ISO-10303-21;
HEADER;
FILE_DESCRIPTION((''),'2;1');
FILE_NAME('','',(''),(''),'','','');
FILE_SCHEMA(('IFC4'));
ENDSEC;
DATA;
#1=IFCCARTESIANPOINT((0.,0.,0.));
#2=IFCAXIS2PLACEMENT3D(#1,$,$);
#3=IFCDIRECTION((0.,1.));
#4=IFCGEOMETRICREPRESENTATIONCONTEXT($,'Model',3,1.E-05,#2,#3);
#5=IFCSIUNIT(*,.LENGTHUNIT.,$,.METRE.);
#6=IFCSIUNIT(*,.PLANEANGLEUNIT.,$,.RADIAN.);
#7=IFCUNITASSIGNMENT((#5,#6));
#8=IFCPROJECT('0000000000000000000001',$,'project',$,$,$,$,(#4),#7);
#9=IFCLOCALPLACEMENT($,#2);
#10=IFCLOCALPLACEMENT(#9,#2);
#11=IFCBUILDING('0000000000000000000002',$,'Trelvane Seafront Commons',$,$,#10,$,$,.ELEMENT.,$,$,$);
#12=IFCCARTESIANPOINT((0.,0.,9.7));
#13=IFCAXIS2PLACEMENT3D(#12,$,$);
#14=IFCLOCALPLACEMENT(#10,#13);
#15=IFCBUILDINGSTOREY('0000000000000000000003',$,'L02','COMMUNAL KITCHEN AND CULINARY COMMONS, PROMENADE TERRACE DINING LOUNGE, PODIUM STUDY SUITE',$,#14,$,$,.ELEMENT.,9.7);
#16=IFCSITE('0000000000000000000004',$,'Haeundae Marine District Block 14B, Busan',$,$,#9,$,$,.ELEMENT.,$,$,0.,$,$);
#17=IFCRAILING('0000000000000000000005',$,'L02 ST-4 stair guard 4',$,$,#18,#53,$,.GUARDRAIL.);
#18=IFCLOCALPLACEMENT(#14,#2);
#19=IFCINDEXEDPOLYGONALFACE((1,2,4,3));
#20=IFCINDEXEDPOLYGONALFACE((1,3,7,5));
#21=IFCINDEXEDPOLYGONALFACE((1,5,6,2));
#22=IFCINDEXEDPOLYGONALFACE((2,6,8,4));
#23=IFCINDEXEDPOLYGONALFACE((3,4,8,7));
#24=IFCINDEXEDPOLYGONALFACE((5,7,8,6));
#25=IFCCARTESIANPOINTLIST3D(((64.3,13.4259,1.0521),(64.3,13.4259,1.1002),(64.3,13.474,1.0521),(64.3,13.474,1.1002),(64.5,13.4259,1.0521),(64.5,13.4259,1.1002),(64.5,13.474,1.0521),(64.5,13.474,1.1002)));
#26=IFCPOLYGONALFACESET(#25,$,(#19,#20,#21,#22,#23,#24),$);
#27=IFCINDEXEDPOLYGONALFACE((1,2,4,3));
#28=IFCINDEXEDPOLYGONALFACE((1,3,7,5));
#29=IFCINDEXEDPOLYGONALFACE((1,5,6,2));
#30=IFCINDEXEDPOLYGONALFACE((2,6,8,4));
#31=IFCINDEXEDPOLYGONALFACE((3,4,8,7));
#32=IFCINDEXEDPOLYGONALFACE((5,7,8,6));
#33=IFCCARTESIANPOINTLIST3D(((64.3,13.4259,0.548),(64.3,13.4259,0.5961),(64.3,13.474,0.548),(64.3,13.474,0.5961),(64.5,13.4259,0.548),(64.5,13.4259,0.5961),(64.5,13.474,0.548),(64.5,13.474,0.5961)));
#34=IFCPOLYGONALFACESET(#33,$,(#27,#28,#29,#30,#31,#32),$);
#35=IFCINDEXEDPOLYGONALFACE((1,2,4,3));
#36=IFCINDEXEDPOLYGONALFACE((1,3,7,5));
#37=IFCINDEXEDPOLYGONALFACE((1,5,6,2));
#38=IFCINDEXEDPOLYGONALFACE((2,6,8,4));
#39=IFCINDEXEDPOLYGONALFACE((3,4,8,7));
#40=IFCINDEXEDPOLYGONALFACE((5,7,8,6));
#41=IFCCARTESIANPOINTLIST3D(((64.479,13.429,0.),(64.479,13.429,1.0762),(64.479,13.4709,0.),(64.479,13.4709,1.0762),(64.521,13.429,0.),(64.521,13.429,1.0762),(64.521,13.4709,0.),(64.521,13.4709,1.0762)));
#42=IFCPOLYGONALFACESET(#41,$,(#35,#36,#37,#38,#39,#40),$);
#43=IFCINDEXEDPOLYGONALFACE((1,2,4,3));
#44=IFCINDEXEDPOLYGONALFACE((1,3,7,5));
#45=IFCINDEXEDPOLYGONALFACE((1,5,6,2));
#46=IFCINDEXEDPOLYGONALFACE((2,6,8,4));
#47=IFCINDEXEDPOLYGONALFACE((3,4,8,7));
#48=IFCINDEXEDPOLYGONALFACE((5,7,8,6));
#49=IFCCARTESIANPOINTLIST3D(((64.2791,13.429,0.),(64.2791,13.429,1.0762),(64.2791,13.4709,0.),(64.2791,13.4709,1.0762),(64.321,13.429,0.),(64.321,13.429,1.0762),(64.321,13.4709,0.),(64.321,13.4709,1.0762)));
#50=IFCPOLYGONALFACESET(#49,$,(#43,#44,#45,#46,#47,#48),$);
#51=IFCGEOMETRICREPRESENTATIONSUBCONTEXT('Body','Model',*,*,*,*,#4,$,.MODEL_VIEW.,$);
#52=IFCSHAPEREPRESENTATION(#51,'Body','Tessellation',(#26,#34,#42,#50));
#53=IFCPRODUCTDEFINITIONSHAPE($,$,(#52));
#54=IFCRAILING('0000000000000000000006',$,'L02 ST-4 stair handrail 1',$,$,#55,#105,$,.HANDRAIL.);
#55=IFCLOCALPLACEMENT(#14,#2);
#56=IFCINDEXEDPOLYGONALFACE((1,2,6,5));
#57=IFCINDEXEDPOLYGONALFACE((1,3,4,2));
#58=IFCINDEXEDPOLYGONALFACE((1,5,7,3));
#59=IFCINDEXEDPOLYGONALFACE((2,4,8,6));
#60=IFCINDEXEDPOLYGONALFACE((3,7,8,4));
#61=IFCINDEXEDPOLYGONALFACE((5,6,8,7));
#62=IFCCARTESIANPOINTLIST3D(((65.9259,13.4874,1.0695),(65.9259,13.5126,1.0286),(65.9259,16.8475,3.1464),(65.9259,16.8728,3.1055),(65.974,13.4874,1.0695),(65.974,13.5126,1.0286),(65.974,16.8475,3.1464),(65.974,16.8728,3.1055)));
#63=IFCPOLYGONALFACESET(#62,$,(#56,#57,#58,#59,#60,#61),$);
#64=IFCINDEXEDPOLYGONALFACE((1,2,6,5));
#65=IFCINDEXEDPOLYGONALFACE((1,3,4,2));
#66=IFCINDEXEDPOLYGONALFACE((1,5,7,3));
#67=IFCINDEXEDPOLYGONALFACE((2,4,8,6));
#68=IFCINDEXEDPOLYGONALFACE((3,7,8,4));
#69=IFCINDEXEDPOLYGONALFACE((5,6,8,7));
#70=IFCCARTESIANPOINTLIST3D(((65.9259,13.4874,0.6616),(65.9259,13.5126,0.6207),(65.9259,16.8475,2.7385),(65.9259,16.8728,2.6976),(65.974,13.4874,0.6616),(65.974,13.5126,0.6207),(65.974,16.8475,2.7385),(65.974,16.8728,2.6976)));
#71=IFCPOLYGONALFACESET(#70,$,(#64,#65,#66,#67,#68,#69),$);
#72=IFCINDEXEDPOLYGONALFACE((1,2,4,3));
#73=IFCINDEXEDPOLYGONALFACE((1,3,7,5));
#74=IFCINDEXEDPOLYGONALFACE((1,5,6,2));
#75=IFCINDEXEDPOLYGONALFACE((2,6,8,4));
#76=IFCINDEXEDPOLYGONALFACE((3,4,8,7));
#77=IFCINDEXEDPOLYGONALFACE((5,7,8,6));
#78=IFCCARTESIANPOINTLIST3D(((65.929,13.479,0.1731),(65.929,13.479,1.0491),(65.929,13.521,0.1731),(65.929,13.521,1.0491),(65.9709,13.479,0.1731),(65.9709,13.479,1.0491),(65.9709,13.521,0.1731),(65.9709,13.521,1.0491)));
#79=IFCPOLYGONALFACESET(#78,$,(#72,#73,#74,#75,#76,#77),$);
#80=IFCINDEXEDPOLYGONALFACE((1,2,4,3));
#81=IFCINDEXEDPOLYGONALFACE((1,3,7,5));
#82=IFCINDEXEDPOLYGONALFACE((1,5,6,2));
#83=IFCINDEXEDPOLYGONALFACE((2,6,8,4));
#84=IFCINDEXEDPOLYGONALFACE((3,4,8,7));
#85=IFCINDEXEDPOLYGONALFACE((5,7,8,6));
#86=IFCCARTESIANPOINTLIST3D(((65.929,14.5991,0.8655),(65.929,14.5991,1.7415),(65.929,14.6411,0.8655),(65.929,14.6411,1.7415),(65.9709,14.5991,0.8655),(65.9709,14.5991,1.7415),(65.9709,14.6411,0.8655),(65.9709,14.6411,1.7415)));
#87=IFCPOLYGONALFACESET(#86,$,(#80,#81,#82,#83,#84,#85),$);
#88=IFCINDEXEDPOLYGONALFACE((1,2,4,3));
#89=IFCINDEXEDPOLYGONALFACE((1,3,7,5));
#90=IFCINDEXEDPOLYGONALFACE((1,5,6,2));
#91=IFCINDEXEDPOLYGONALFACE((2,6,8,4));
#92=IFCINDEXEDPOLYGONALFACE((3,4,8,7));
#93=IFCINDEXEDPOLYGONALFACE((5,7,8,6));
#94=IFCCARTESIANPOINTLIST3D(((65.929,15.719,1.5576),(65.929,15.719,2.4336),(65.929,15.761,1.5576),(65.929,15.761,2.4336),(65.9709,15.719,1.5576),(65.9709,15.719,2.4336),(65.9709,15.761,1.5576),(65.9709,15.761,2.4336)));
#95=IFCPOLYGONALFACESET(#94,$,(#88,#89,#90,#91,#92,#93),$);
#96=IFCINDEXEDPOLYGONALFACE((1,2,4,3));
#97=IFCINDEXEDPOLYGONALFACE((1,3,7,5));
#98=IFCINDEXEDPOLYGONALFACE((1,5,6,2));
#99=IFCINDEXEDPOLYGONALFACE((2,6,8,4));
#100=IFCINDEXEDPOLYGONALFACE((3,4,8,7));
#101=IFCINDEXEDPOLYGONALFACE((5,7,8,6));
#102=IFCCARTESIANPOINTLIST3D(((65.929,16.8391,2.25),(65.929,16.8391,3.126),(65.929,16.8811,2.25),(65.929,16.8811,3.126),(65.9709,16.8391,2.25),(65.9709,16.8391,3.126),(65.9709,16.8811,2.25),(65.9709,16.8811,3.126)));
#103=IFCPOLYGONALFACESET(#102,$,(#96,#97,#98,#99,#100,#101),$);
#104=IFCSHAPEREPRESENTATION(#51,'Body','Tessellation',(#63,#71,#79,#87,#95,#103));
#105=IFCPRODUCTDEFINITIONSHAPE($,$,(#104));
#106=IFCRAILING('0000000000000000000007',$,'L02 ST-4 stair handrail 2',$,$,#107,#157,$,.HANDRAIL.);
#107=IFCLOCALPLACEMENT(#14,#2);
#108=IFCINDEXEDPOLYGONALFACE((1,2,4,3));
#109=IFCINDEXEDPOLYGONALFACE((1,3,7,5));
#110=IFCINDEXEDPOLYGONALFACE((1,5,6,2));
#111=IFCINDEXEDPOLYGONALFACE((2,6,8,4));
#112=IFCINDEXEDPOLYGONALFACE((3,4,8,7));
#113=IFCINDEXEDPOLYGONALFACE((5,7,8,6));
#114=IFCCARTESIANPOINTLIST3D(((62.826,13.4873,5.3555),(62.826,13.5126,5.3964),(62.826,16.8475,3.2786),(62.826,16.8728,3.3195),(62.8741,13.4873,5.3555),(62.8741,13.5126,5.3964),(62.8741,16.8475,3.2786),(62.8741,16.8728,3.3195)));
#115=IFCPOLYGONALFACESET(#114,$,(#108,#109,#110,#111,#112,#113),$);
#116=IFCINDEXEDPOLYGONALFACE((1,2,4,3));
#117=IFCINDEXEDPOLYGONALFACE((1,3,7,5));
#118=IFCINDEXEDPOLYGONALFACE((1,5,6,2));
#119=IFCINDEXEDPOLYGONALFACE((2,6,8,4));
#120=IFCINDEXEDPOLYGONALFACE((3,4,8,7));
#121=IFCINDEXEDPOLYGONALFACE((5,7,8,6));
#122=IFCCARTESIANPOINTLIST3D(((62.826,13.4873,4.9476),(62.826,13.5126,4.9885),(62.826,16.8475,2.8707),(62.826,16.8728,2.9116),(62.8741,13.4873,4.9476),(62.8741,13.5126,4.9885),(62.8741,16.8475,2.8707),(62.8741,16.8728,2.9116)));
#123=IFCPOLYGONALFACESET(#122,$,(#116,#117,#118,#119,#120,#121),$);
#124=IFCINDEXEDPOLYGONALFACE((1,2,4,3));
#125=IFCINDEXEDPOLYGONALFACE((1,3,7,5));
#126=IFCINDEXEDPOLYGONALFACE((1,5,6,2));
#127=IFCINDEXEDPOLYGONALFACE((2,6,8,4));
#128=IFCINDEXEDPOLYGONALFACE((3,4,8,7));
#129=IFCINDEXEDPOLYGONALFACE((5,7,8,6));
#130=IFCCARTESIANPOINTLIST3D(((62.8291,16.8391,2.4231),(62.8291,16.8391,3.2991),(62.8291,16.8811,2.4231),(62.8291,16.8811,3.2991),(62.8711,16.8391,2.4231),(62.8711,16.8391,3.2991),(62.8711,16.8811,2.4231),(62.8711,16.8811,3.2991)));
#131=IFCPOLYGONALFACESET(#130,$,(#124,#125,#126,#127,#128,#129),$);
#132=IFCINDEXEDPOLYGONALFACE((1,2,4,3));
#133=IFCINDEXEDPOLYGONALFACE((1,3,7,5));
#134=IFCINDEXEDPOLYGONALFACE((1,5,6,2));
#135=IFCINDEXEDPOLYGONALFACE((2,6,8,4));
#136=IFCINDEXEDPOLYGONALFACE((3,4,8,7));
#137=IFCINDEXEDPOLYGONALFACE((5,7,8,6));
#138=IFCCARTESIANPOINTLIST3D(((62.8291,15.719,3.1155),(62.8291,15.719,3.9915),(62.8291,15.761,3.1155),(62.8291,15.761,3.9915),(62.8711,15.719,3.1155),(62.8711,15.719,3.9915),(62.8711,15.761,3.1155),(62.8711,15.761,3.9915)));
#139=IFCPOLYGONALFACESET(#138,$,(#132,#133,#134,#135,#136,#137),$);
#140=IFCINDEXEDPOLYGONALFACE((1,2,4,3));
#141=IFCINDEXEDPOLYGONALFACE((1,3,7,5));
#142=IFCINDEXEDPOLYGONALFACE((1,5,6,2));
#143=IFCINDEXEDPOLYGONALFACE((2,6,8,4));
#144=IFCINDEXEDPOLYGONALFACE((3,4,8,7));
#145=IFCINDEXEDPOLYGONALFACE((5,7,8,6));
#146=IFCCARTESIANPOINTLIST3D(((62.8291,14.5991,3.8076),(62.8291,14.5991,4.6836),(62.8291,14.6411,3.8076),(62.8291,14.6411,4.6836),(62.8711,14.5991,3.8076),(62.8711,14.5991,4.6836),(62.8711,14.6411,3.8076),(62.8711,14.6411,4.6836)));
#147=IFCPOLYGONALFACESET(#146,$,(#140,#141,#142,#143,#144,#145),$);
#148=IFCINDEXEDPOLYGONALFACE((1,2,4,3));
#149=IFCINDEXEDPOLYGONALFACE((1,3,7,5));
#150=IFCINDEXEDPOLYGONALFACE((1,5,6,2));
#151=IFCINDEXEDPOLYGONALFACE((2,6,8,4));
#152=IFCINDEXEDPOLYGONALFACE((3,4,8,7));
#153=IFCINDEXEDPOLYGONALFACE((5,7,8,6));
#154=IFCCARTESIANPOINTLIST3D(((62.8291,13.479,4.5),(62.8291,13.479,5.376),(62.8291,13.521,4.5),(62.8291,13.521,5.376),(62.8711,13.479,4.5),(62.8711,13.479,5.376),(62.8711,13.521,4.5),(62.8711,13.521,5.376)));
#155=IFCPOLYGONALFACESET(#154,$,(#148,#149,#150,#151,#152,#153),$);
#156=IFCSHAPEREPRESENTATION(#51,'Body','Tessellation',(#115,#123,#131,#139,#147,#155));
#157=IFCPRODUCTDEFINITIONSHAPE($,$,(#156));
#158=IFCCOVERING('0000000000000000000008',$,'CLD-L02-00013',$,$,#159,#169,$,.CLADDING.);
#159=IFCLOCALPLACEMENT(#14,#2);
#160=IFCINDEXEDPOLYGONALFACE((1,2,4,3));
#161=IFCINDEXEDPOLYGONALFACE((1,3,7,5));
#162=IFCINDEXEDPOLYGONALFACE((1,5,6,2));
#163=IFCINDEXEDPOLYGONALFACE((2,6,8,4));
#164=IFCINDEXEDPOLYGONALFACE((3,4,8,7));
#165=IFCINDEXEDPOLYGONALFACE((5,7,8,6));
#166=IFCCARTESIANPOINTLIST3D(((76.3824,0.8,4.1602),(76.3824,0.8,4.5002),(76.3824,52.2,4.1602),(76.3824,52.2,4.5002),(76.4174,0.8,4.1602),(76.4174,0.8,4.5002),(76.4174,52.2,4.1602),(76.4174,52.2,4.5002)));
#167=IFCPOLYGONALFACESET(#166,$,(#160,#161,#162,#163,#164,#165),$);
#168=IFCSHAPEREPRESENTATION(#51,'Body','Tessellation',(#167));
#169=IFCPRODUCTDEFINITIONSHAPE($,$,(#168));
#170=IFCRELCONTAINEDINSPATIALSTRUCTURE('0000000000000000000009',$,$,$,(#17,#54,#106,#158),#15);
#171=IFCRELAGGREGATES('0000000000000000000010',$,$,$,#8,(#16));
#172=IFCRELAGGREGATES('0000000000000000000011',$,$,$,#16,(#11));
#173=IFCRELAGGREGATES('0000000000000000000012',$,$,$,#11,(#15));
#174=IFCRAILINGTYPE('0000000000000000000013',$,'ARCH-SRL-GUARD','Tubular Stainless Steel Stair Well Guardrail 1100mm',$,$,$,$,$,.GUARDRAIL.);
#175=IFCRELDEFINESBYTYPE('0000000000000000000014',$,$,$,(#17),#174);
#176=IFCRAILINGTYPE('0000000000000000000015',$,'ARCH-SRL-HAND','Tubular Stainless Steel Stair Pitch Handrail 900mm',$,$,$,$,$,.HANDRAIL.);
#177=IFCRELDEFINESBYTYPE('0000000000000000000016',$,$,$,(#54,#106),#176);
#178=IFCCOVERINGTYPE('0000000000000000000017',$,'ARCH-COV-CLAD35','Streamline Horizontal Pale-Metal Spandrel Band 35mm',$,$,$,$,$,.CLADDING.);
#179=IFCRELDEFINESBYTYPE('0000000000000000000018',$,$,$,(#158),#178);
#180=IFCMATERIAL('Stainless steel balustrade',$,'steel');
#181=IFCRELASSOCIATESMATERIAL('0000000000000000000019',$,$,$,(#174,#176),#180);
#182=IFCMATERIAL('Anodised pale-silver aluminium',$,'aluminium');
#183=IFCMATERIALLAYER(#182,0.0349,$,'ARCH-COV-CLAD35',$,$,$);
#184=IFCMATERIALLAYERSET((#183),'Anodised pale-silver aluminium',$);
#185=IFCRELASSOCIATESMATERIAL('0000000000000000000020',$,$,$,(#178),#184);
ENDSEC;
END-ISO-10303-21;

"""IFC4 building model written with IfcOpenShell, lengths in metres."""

from ifc_helpers import new_model, si_unit, direction, frame, origin, origin_2d, place, context, subcontext, project, spatial, rectangle, extrude, source, transform, mapped, material, layer, layer_set, type_object, element, save


model = new_model("IFC4")

# Units and contexts
model_context = context("Model", 3, precision=1e-05, world=origin(), true_north=direction((0.0, 1.0)))
body_context = subcontext(model_context, "Body", "Model", "MODEL_VIEW")
ifc_project = project(units=[si_unit("LENGTHUNIT", "METRE"), si_unit("PLANEANGLEUNIT", "RADIAN")], contexts=[model_context])

# Site, building, storey
site_placement = place(None, origin())
site = spatial("IfcSite", under=ifc_project, at=site_placement, Name="Haeundae Marine District Block 14B, Busan", CompositionType="ELEMENT", RefElevation=0.0)
building_placement = place(site_placement, origin())
building = spatial("IfcBuilding", under=site, at=building_placement, Name="Trelvane Seafront Commons", CompositionType="ELEMENT")
storey_placement = place(building_placement, frame((0.0, 0.0, 9.7)))
storey = spatial("IfcBuildingStorey", under=building, at=storey_placement, Name="L02", Description="COMMUNAL KITCHEN AND CULINARY COMMONS, PROMENADE TERRACE DINING LOUNGE, PODIUM STUDY SUITE", CompositionType="ELEMENT", Elevation=9.7)

# Shared definitions
ifc_material_1 = material(Name="Anodised pale-silver aluminium", Category="aluminium")

# Railings
ifc_material_2 = material(Name="Stainless steel balustrade", Category="steel")
railing_type_1 = type_object("IfcRailingType", Name="ARCH-SRL-GUARD", Description="Tubular Stainless Steel Stair Well Guardrail 1100mm", PredefinedType="GUARDRAIL", material=ifc_material_2)
railing_1_placement = place(storey_placement, frame((64.5, 13.45, 0.0)))
element("IfcRailing", 1, at=railing_1_placement, inside=storey, type_object=railing_type_1, Name="L02 ST-4 stair guard 4", PredefinedType="GUARDRAIL", context=body_context, shape_type="SweptSolid", body=[
    extrude(rectangle(XDim=0.0481, YDim=0.0481, at=origin_2d()), frame((0.0, 0.0, 1.0762), z_axis=(-1.0, 0.0, 0.0), x_axis=(0.0, -1.0, 0.0)), (0.0, 0.0, 1.0), 0.2),
    extrude(rectangle(XDim=0.0481, YDim=0.0481, at=origin_2d()), frame((0.0, 0.0, 0.572), z_axis=(-1.0, 0.0, 0.0), x_axis=(0.0, -1.0, 0.0)), (0.0, 0.0, 1.0), 0.2),
    extrude(rectangle(XDim=0.042, YDim=0.042, at=origin_2d()), origin(), (0.0, 0.0, 1.0), 1.0762),
    extrude(rectangle(XDim=0.042, YDim=0.042, at=origin_2d()), frame((-0.2, 0.0, 0.0)), (0.0, 0.0, 1.0), 1.0762),
])
railing_type_2 = type_object("IfcRailingType", Name="ARCH-SRL-HAND", Description="Tubular Stainless Steel Stair Pitch Handrail 900mm", PredefinedType="HANDRAIL", material=ifc_material_2)
railing_2_placement = place(storey_placement, frame((65.95, 13.5, 0.1731)))
element("IfcRailing", 2, at=railing_2_placement, inside=storey, type_object=railing_type_2, Name="L02 ST-4 stair handrail 1", PredefinedType="HANDRAIL", context=body_context, shape_type="SweptSolid", body=[
    extrude(rectangle(XDim=0.0481, YDim=0.0481, at=origin_2d()), frame((0.0, 0.0, 0.876), z_axis=(0.0, 0.850623, 0.525776), x_axis=(-1.0, 0.0, 0.0)), (0.0, 0.0, 1.0), 3.9502),
    extrude(rectangle(XDim=0.0481, YDim=0.0481, at=origin_2d()), frame((0.0, 0.0, 0.468), z_axis=(0.0, 0.850623, 0.525776), x_axis=(-1.0, 0.0, 0.0)), (0.0, 0.0, 1.0), 3.9502),
    extrude(rectangle(XDim=0.042, YDim=0.042, at=origin_2d()), origin(), (0.0, 0.0, 1.0), 0.876),
    extrude(rectangle(XDim=0.042, YDim=0.042, at=origin_2d()), frame((0.0, 1.1201, 0.6924)), (0.0, 0.0, 1.0), 0.876),
    extrude(rectangle(XDim=0.042, YDim=0.042, at=origin_2d()), frame((0.0, 2.24, 1.3845)), (0.0, 0.0, 1.0), 0.876),
    extrude(rectangle(XDim=0.042, YDim=0.042, at=origin_2d()), frame((0.0, 3.3601, 2.0769)), (0.0, 0.0, 1.0), 0.876),
])
railing_3_placement = place(storey_placement, frame((62.8501, 16.8601, 2.4231)))
element("IfcRailing", 3, at=railing_3_placement, inside=storey, type_object=railing_type_2, Name="L02 ST-4 stair handrail 2", PredefinedType="HANDRAIL", context=body_context, shape_type="SweptSolid", body=[
    extrude(rectangle(XDim=0.0481, YDim=0.0481, at=origin_2d()), frame((0.0, 0.0, 0.876), z_axis=(0.0, -0.850623, 0.525776), x_axis=(1.0, 0.0, 0.0)), (0.0, 0.0, 1.0), 3.9502),
    extrude(rectangle(XDim=0.0481, YDim=0.0481, at=origin_2d()), frame((0.0, 0.0, 0.468), z_axis=(0.0, -0.850623, 0.525776), x_axis=(1.0, 0.0, 0.0)), (0.0, 0.0, 1.0), 3.9502),
    extrude(rectangle(XDim=0.042, YDim=0.042, at=origin_2d()), origin(), (0.0, 0.0, 1.0), 0.876),
    extrude(rectangle(XDim=0.042, YDim=0.042, at=origin_2d()), frame((0.0, -1.1201, 0.6924)), (0.0, 0.0, 1.0), 0.876),
    extrude(rectangle(XDim=0.042, YDim=0.042, at=origin_2d()), frame((0.0, -2.24, 1.3845)), (0.0, 0.0, 1.0), 0.876),
    extrude(rectangle(XDim=0.042, YDim=0.042, at=origin_2d()), frame((0.0, -3.3601, 2.0769)), (0.0, 0.0, 1.0), 0.876),
])

# Covering
ifc_layer_1 = layer(ifc_material_1, 0.0349, Name="ARCH-COV-CLAD35")
ifc_layer_set_1 = layer_set([ifc_layer_1], Name="Anodised pale-silver aluminium")
covering_type = type_object("IfcCoveringType", Name="ARCH-COV-CLAD35", Description="Streamline Horizontal Pale-Metal Spandrel Band 35mm", PredefinedType="CLADDING", material=ifc_layer_set_1)
shared_shape_1 = source(origin(), body_context, "Body", "SweptSolid", [
    extrude(rectangle(XDim=51.3999, YDim=0.0349, at=origin_2d()), origin(), (0.0, 0.0, 1.0), 0.3401),
])
covering_placement = place(storey_placement, frame((76.3999, 26.5, 4.1602), z_axis=(0.0, 0.0, 1.0), x_axis=(0.0, -1.0, 0.0)))
element("IfcCovering", 4, at=covering_placement, inside=storey, type_object=covering_type, Name="CLD-L02-00013", PredefinedType="CLADDING", context=body_context, shape_type="MappedRepresentation", body=[
    mapped(shared_shape_1, transform((0.0, 0.0, 0.0), x_axis=(1.0, 0.0, 0.0), y_axis=(0.0, 1.0, 0.0), z_axis=(0.0, 0.0, 1.0), scale=1.0)),
])

save(model, "model.ifc")
